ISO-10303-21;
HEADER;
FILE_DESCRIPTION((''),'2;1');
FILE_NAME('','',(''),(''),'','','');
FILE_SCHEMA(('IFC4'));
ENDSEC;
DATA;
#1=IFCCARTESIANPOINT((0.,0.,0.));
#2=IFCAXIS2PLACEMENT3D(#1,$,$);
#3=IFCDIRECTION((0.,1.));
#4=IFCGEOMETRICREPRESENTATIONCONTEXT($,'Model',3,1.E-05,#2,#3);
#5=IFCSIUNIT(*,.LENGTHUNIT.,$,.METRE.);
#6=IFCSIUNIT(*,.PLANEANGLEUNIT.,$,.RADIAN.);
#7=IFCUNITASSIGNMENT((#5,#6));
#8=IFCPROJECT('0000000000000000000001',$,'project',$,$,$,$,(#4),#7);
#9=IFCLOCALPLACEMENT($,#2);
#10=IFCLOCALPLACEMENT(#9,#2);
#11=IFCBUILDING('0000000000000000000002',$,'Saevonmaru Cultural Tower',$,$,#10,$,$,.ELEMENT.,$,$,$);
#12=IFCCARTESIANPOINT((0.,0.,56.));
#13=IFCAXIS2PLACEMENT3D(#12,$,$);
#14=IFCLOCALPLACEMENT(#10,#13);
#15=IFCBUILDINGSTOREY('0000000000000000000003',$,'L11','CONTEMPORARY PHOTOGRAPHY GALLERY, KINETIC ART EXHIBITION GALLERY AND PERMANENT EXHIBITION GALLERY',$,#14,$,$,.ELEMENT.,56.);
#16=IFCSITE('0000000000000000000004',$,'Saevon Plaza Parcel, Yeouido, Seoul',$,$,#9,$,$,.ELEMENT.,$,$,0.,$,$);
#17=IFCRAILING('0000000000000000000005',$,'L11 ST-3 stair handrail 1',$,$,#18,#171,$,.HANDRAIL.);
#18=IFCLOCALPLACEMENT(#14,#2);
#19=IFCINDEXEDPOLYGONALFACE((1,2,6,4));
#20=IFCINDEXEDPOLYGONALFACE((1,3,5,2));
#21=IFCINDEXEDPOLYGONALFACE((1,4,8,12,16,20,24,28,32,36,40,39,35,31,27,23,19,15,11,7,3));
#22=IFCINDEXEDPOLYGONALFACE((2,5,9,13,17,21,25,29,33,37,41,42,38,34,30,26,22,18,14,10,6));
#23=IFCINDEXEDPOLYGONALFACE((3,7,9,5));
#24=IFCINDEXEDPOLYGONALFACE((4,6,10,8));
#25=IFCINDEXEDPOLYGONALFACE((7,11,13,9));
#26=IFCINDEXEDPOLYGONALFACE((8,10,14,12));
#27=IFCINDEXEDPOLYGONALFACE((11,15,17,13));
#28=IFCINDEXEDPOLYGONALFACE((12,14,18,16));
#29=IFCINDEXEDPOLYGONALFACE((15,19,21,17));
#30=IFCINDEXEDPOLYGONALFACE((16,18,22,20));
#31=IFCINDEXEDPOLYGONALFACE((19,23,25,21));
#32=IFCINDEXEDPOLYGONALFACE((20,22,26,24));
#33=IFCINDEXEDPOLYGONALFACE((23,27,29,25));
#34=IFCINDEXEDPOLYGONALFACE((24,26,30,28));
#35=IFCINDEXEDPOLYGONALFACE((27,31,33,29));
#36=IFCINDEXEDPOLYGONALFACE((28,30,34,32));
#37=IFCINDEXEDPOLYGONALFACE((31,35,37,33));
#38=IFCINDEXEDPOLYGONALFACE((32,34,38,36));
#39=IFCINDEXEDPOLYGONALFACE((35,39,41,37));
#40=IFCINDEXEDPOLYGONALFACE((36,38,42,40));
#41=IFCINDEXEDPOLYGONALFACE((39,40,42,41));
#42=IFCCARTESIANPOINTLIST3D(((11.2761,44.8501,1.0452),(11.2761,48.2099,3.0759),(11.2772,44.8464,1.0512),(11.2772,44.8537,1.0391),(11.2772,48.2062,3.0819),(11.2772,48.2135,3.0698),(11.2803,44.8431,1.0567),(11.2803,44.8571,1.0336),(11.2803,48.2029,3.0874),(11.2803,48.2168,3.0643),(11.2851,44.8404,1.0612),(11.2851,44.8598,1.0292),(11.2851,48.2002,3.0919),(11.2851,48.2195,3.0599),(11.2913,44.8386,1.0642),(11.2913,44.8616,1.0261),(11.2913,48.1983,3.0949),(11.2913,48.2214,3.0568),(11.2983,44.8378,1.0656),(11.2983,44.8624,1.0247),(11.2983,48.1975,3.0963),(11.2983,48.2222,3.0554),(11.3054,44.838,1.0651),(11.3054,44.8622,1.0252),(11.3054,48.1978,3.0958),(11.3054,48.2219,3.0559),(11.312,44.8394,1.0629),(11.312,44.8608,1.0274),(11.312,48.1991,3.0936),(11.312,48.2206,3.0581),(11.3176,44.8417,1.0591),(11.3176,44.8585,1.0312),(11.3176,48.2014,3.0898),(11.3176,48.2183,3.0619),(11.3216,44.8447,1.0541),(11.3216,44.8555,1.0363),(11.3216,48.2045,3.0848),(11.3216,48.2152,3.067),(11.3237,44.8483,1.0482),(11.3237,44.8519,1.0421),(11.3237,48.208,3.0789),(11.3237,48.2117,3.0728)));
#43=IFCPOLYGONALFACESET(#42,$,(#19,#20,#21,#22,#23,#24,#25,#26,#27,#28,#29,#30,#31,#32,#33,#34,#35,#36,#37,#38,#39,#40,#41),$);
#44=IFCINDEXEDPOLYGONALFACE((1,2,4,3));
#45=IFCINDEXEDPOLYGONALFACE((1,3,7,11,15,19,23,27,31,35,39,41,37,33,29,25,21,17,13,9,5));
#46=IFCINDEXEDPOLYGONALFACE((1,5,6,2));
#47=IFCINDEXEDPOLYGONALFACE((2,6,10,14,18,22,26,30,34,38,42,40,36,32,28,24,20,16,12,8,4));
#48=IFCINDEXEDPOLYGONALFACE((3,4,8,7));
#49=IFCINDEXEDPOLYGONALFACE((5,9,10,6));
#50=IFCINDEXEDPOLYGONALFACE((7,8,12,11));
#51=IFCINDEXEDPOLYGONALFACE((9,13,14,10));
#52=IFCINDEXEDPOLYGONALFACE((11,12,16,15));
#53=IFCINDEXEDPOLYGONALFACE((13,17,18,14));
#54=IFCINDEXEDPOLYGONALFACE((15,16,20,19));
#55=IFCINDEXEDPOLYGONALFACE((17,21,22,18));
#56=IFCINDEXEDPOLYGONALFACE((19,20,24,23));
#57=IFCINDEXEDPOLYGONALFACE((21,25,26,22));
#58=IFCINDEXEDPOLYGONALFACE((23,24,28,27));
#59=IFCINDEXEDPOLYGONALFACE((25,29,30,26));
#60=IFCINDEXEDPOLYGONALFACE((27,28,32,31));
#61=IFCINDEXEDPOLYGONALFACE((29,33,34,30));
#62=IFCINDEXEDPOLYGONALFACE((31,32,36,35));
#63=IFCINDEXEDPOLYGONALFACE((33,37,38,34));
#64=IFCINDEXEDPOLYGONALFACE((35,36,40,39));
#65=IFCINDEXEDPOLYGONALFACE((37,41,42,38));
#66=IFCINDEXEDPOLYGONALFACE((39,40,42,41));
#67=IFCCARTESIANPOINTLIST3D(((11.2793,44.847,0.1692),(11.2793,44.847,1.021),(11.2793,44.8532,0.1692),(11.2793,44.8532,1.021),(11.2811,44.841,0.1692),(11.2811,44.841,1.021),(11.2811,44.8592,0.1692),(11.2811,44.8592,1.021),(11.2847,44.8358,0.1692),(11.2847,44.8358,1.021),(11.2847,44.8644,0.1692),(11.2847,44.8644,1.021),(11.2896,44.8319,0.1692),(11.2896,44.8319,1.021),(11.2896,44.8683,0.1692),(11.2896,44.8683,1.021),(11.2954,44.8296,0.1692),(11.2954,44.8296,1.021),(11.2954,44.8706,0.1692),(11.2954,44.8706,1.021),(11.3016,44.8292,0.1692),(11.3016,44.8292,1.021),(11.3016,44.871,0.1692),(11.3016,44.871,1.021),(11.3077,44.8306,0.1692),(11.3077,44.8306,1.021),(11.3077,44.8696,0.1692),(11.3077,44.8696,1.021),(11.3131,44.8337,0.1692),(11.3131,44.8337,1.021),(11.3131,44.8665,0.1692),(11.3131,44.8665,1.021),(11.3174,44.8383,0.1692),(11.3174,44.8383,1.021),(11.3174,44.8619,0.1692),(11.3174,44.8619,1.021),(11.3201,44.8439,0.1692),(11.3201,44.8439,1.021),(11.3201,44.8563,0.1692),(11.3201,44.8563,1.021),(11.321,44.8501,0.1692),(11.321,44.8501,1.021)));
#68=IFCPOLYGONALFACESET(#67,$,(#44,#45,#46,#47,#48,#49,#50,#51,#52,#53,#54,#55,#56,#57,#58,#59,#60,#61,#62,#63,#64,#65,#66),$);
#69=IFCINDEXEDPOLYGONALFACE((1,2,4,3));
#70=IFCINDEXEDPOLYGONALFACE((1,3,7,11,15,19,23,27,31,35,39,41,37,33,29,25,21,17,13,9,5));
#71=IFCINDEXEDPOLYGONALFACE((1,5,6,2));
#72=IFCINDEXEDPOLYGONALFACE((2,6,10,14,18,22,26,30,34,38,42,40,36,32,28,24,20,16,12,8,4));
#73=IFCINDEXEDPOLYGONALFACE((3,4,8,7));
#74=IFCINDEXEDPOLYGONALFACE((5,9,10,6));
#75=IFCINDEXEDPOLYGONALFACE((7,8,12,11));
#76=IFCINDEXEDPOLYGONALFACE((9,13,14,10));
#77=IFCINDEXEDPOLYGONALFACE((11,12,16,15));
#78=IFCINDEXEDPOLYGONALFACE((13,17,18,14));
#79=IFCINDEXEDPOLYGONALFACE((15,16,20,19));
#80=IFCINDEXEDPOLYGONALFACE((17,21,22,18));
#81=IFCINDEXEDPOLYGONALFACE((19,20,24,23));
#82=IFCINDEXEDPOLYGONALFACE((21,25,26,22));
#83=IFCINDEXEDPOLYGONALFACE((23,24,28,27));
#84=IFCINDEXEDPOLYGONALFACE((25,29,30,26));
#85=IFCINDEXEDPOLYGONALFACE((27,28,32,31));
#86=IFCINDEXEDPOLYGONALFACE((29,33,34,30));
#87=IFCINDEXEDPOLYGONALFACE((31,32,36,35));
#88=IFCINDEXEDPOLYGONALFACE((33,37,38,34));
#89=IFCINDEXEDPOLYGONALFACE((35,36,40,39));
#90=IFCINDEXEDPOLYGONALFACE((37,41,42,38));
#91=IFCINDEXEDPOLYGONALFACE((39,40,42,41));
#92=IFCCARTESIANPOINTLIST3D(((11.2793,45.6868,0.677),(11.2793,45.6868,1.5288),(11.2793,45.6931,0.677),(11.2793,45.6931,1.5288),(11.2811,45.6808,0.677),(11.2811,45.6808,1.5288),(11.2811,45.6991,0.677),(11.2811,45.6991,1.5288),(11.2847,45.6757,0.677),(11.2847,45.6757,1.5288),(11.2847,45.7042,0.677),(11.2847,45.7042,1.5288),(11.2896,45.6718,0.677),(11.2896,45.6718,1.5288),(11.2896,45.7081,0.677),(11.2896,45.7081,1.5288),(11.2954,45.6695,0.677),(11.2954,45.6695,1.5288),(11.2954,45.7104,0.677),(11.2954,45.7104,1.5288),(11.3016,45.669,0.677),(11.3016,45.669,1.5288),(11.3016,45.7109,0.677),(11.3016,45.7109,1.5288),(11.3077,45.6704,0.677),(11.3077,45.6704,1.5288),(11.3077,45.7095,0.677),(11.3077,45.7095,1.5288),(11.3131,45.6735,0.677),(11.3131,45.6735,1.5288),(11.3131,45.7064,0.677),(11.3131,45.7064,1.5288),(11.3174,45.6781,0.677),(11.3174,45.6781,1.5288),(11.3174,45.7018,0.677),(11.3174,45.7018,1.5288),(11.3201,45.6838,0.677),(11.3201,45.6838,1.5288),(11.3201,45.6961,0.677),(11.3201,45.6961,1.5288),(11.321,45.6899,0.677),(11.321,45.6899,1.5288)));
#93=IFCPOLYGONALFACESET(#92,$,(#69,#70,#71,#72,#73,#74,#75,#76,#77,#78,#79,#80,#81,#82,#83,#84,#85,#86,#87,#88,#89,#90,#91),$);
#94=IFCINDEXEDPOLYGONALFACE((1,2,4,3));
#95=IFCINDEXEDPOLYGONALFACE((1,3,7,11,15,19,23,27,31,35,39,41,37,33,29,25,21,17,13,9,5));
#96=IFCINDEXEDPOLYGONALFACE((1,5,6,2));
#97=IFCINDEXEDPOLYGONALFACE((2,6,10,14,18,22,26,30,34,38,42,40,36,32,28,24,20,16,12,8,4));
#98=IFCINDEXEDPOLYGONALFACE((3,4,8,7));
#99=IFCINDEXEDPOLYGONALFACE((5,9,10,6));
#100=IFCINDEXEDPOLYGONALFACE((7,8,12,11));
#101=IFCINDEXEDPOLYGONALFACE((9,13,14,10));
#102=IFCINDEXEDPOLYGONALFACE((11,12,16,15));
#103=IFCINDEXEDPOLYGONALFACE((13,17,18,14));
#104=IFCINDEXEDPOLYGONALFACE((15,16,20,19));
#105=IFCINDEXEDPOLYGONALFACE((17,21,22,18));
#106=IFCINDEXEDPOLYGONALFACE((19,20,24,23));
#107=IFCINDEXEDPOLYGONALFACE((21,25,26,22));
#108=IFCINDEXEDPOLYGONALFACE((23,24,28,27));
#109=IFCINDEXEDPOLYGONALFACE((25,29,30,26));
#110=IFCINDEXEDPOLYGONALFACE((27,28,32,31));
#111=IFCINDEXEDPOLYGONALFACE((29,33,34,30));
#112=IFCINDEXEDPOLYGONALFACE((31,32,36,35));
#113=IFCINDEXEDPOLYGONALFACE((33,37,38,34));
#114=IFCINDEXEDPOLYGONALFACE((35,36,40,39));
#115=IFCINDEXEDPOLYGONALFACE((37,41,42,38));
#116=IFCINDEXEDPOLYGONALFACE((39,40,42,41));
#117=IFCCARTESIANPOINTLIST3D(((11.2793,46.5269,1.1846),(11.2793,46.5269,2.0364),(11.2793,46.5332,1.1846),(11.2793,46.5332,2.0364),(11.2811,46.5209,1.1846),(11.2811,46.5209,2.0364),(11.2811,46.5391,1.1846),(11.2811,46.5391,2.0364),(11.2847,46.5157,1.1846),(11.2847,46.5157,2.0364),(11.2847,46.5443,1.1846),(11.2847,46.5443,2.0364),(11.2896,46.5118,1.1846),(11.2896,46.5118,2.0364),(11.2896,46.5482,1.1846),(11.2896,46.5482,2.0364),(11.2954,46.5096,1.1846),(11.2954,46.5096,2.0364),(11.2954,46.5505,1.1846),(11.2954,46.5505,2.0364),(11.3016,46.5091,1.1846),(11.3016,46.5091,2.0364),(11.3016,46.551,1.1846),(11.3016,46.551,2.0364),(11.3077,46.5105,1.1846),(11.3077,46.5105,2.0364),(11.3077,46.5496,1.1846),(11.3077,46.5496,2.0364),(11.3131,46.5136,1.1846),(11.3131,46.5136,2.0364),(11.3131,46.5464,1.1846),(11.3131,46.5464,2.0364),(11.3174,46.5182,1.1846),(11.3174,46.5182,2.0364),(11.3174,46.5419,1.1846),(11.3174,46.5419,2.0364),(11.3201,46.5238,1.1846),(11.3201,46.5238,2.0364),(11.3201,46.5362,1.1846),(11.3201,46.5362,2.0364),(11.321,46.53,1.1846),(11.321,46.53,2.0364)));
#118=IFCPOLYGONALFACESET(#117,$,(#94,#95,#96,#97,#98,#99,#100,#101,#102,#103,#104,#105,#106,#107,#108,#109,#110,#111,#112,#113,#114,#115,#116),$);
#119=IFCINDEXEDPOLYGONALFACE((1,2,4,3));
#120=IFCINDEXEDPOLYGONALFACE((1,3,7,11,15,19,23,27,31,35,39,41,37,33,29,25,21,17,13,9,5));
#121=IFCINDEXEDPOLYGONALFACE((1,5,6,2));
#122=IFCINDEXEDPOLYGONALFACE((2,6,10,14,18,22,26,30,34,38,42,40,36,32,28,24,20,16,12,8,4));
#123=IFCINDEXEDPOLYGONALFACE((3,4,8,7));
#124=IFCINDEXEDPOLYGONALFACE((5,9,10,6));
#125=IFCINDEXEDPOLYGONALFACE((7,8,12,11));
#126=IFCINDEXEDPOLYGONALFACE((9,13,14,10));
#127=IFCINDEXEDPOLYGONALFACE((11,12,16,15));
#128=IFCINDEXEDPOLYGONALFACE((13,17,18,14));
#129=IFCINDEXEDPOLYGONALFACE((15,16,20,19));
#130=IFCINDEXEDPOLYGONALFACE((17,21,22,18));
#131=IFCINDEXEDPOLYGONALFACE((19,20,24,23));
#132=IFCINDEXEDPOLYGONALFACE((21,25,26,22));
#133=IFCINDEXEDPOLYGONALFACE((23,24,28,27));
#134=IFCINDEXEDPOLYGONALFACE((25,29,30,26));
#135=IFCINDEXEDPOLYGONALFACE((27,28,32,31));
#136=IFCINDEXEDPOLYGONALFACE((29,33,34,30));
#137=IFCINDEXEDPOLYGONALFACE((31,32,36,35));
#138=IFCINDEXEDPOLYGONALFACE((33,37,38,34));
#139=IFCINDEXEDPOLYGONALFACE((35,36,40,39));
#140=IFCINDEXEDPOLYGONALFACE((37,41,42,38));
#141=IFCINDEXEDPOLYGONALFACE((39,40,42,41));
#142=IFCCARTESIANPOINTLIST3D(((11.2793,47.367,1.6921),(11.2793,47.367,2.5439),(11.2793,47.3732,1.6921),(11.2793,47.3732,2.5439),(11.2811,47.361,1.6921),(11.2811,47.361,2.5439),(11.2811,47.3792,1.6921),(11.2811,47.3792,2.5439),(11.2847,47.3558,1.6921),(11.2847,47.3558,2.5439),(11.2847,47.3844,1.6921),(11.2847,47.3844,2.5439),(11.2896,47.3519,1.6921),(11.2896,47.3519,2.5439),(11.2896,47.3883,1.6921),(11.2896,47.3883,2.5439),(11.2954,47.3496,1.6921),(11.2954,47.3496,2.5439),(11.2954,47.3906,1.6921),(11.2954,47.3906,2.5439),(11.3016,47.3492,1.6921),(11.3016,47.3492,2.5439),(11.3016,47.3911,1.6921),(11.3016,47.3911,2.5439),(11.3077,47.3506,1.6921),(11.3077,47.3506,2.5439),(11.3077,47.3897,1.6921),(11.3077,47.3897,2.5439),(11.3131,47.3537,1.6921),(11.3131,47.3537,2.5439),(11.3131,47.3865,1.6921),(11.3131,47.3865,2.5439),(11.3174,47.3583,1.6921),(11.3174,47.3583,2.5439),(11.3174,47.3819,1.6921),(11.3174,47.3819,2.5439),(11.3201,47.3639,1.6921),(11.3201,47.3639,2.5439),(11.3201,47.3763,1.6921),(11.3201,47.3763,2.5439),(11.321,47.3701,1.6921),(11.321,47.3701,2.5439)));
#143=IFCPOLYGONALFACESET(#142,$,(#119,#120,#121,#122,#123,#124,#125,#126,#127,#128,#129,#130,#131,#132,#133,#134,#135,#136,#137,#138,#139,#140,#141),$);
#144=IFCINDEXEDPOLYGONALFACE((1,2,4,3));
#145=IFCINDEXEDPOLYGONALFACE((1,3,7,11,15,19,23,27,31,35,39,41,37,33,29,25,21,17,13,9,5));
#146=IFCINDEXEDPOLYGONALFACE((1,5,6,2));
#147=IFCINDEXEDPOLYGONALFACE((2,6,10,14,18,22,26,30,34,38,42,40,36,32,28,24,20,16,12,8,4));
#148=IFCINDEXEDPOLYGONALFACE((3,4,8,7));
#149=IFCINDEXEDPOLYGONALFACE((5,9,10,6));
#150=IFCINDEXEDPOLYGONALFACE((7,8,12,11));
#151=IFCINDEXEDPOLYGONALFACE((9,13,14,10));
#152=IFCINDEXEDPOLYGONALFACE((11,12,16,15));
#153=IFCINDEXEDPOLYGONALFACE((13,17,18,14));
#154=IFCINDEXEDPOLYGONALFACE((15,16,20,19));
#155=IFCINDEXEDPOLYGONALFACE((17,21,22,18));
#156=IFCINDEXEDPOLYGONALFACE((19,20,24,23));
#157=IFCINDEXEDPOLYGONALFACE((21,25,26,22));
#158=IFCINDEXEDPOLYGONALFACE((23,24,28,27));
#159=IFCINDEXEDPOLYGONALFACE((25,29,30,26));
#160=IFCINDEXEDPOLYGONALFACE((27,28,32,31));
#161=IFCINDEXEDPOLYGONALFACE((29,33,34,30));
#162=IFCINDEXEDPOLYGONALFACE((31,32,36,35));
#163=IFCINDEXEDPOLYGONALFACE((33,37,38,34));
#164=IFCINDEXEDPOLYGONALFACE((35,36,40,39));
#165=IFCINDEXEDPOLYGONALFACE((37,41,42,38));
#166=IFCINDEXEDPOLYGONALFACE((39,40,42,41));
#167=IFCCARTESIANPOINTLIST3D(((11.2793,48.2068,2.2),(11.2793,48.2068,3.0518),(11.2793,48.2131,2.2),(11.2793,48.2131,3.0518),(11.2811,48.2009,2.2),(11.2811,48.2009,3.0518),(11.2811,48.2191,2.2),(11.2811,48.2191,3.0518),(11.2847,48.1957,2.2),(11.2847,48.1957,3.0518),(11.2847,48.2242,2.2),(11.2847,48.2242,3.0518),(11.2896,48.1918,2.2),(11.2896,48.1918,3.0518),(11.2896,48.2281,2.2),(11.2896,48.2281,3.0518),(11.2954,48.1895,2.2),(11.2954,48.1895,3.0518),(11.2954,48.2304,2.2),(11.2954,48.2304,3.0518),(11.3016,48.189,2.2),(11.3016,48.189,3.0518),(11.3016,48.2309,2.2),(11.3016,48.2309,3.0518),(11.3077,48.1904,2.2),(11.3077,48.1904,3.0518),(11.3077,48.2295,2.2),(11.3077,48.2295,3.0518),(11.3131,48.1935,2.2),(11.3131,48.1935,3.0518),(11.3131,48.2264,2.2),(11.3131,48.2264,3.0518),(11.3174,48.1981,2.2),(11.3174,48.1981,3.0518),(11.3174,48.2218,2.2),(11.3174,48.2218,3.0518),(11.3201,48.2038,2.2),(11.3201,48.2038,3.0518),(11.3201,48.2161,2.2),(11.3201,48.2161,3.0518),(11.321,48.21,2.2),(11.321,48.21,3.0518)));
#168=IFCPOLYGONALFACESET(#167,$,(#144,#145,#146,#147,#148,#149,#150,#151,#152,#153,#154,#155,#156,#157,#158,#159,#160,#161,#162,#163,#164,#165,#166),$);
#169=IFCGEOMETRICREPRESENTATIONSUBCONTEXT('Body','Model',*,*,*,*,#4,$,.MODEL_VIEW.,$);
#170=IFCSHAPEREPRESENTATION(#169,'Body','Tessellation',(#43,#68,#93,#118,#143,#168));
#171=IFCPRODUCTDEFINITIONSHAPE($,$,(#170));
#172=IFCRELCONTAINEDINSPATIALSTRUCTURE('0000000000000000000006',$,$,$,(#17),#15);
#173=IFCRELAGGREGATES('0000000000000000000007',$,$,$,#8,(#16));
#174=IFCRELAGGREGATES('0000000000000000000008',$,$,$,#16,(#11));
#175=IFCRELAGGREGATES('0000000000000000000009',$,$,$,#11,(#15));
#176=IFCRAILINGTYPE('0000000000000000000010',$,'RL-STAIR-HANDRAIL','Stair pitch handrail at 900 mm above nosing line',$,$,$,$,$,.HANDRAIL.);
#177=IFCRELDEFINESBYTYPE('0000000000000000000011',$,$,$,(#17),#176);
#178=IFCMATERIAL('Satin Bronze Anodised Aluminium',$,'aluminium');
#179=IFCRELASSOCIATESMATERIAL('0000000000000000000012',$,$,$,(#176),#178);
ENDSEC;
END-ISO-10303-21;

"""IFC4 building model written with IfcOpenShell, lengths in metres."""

from ifc_helpers import new_model, si_unit, direction, frame, origin, origin_2d, place, context, subcontext, project, spatial, circle, extrude, material, type_object, element, save


model = new_model("IFC4")

# Units and contexts
model_context = context("Model", 3, precision=1e-05, world=origin(), true_north=direction((0.0, 1.0)))
body_context = subcontext(model_context, "Body", "Model", "MODEL_VIEW")
ifc_project = project(units=[si_unit("LENGTHUNIT", "METRE"), si_unit("PLANEANGLEUNIT", "RADIAN")], contexts=[model_context])

# Site, building, storey
site_placement = place(None, origin())
site = spatial("IfcSite", under=ifc_project, at=site_placement, Name="Saevon Plaza Parcel, Yeouido, Seoul", CompositionType="ELEMENT", RefElevation=0.0)
building_placement = place(site_placement, origin())
building = spatial("IfcBuilding", under=site, at=building_placement, Name="Saevonmaru Cultural Tower", CompositionType="ELEMENT")
storey_placement = place(building_placement, frame((0.0, 0.0, 56.0)))
storey = spatial("IfcBuildingStorey", under=building, at=storey_placement, Name="L11", Description="CONTEMPORARY PHOTOGRAPHY GALLERY, KINETIC ART EXHIBITION GALLERY AND PERMANENT EXHIBITION GALLERY", CompositionType="ELEMENT", Elevation=56.0)

# Shared definitions
ifc_material_1 = material(Name="Satin Bronze Anodised Aluminium", Category="aluminium")

# Railing
railing_type_1 = type_object("IfcRailingType", Name="RL-STAIR-HANDRAIL", Description="Stair pitch handrail at 900 mm above nosing line", PredefinedType="HANDRAIL", material=ifc_material_1)
railing_1_placement = place(storey_placement, frame((11.3, 44.8501, 0.1692)))
element("IfcRailing", 1, at=railing_1_placement, inside=storey, type_object=railing_type_1, Name="L11 ST-3 stair handrail 1", PredefinedType="HANDRAIL", context=body_context, shape_type="SweptSolid", body=[
    extrude(circle(Radius=0.0239, at=origin_2d()), frame((0.0, 0.0, 0.876), z_axis=(0.0, 0.85582, 0.517273), x_axis=(-1.0, 0.0, 0.0)), (0.0, 0.0, 1.0), 3.9258),
    extrude(circle(Radius=0.021, at=origin_2d()), origin(), (0.0, 0.0, 1.0), 0.8518),
    extrude(circle(Radius=0.021, at=origin_2d()), frame((0.0, 0.8398, 0.5078)), (0.0, 0.0, 1.0), 0.8518),
    extrude(circle(Radius=0.021, at=origin_2d()), frame((0.0, 1.6799, 1.0154)), (0.0, 0.0, 1.0), 0.8518),
    extrude(circle(Radius=0.021, at=origin_2d()), frame((0.0, 2.52, 1.5229)), (0.0, 0.0, 1.0), 0.8518),
    extrude(circle(Radius=0.021, at=origin_2d()), frame((0.0, 3.3599, 2.0308)), (0.0, 0.0, 1.0), 0.8518),
])

save(model, "model.ifc")
